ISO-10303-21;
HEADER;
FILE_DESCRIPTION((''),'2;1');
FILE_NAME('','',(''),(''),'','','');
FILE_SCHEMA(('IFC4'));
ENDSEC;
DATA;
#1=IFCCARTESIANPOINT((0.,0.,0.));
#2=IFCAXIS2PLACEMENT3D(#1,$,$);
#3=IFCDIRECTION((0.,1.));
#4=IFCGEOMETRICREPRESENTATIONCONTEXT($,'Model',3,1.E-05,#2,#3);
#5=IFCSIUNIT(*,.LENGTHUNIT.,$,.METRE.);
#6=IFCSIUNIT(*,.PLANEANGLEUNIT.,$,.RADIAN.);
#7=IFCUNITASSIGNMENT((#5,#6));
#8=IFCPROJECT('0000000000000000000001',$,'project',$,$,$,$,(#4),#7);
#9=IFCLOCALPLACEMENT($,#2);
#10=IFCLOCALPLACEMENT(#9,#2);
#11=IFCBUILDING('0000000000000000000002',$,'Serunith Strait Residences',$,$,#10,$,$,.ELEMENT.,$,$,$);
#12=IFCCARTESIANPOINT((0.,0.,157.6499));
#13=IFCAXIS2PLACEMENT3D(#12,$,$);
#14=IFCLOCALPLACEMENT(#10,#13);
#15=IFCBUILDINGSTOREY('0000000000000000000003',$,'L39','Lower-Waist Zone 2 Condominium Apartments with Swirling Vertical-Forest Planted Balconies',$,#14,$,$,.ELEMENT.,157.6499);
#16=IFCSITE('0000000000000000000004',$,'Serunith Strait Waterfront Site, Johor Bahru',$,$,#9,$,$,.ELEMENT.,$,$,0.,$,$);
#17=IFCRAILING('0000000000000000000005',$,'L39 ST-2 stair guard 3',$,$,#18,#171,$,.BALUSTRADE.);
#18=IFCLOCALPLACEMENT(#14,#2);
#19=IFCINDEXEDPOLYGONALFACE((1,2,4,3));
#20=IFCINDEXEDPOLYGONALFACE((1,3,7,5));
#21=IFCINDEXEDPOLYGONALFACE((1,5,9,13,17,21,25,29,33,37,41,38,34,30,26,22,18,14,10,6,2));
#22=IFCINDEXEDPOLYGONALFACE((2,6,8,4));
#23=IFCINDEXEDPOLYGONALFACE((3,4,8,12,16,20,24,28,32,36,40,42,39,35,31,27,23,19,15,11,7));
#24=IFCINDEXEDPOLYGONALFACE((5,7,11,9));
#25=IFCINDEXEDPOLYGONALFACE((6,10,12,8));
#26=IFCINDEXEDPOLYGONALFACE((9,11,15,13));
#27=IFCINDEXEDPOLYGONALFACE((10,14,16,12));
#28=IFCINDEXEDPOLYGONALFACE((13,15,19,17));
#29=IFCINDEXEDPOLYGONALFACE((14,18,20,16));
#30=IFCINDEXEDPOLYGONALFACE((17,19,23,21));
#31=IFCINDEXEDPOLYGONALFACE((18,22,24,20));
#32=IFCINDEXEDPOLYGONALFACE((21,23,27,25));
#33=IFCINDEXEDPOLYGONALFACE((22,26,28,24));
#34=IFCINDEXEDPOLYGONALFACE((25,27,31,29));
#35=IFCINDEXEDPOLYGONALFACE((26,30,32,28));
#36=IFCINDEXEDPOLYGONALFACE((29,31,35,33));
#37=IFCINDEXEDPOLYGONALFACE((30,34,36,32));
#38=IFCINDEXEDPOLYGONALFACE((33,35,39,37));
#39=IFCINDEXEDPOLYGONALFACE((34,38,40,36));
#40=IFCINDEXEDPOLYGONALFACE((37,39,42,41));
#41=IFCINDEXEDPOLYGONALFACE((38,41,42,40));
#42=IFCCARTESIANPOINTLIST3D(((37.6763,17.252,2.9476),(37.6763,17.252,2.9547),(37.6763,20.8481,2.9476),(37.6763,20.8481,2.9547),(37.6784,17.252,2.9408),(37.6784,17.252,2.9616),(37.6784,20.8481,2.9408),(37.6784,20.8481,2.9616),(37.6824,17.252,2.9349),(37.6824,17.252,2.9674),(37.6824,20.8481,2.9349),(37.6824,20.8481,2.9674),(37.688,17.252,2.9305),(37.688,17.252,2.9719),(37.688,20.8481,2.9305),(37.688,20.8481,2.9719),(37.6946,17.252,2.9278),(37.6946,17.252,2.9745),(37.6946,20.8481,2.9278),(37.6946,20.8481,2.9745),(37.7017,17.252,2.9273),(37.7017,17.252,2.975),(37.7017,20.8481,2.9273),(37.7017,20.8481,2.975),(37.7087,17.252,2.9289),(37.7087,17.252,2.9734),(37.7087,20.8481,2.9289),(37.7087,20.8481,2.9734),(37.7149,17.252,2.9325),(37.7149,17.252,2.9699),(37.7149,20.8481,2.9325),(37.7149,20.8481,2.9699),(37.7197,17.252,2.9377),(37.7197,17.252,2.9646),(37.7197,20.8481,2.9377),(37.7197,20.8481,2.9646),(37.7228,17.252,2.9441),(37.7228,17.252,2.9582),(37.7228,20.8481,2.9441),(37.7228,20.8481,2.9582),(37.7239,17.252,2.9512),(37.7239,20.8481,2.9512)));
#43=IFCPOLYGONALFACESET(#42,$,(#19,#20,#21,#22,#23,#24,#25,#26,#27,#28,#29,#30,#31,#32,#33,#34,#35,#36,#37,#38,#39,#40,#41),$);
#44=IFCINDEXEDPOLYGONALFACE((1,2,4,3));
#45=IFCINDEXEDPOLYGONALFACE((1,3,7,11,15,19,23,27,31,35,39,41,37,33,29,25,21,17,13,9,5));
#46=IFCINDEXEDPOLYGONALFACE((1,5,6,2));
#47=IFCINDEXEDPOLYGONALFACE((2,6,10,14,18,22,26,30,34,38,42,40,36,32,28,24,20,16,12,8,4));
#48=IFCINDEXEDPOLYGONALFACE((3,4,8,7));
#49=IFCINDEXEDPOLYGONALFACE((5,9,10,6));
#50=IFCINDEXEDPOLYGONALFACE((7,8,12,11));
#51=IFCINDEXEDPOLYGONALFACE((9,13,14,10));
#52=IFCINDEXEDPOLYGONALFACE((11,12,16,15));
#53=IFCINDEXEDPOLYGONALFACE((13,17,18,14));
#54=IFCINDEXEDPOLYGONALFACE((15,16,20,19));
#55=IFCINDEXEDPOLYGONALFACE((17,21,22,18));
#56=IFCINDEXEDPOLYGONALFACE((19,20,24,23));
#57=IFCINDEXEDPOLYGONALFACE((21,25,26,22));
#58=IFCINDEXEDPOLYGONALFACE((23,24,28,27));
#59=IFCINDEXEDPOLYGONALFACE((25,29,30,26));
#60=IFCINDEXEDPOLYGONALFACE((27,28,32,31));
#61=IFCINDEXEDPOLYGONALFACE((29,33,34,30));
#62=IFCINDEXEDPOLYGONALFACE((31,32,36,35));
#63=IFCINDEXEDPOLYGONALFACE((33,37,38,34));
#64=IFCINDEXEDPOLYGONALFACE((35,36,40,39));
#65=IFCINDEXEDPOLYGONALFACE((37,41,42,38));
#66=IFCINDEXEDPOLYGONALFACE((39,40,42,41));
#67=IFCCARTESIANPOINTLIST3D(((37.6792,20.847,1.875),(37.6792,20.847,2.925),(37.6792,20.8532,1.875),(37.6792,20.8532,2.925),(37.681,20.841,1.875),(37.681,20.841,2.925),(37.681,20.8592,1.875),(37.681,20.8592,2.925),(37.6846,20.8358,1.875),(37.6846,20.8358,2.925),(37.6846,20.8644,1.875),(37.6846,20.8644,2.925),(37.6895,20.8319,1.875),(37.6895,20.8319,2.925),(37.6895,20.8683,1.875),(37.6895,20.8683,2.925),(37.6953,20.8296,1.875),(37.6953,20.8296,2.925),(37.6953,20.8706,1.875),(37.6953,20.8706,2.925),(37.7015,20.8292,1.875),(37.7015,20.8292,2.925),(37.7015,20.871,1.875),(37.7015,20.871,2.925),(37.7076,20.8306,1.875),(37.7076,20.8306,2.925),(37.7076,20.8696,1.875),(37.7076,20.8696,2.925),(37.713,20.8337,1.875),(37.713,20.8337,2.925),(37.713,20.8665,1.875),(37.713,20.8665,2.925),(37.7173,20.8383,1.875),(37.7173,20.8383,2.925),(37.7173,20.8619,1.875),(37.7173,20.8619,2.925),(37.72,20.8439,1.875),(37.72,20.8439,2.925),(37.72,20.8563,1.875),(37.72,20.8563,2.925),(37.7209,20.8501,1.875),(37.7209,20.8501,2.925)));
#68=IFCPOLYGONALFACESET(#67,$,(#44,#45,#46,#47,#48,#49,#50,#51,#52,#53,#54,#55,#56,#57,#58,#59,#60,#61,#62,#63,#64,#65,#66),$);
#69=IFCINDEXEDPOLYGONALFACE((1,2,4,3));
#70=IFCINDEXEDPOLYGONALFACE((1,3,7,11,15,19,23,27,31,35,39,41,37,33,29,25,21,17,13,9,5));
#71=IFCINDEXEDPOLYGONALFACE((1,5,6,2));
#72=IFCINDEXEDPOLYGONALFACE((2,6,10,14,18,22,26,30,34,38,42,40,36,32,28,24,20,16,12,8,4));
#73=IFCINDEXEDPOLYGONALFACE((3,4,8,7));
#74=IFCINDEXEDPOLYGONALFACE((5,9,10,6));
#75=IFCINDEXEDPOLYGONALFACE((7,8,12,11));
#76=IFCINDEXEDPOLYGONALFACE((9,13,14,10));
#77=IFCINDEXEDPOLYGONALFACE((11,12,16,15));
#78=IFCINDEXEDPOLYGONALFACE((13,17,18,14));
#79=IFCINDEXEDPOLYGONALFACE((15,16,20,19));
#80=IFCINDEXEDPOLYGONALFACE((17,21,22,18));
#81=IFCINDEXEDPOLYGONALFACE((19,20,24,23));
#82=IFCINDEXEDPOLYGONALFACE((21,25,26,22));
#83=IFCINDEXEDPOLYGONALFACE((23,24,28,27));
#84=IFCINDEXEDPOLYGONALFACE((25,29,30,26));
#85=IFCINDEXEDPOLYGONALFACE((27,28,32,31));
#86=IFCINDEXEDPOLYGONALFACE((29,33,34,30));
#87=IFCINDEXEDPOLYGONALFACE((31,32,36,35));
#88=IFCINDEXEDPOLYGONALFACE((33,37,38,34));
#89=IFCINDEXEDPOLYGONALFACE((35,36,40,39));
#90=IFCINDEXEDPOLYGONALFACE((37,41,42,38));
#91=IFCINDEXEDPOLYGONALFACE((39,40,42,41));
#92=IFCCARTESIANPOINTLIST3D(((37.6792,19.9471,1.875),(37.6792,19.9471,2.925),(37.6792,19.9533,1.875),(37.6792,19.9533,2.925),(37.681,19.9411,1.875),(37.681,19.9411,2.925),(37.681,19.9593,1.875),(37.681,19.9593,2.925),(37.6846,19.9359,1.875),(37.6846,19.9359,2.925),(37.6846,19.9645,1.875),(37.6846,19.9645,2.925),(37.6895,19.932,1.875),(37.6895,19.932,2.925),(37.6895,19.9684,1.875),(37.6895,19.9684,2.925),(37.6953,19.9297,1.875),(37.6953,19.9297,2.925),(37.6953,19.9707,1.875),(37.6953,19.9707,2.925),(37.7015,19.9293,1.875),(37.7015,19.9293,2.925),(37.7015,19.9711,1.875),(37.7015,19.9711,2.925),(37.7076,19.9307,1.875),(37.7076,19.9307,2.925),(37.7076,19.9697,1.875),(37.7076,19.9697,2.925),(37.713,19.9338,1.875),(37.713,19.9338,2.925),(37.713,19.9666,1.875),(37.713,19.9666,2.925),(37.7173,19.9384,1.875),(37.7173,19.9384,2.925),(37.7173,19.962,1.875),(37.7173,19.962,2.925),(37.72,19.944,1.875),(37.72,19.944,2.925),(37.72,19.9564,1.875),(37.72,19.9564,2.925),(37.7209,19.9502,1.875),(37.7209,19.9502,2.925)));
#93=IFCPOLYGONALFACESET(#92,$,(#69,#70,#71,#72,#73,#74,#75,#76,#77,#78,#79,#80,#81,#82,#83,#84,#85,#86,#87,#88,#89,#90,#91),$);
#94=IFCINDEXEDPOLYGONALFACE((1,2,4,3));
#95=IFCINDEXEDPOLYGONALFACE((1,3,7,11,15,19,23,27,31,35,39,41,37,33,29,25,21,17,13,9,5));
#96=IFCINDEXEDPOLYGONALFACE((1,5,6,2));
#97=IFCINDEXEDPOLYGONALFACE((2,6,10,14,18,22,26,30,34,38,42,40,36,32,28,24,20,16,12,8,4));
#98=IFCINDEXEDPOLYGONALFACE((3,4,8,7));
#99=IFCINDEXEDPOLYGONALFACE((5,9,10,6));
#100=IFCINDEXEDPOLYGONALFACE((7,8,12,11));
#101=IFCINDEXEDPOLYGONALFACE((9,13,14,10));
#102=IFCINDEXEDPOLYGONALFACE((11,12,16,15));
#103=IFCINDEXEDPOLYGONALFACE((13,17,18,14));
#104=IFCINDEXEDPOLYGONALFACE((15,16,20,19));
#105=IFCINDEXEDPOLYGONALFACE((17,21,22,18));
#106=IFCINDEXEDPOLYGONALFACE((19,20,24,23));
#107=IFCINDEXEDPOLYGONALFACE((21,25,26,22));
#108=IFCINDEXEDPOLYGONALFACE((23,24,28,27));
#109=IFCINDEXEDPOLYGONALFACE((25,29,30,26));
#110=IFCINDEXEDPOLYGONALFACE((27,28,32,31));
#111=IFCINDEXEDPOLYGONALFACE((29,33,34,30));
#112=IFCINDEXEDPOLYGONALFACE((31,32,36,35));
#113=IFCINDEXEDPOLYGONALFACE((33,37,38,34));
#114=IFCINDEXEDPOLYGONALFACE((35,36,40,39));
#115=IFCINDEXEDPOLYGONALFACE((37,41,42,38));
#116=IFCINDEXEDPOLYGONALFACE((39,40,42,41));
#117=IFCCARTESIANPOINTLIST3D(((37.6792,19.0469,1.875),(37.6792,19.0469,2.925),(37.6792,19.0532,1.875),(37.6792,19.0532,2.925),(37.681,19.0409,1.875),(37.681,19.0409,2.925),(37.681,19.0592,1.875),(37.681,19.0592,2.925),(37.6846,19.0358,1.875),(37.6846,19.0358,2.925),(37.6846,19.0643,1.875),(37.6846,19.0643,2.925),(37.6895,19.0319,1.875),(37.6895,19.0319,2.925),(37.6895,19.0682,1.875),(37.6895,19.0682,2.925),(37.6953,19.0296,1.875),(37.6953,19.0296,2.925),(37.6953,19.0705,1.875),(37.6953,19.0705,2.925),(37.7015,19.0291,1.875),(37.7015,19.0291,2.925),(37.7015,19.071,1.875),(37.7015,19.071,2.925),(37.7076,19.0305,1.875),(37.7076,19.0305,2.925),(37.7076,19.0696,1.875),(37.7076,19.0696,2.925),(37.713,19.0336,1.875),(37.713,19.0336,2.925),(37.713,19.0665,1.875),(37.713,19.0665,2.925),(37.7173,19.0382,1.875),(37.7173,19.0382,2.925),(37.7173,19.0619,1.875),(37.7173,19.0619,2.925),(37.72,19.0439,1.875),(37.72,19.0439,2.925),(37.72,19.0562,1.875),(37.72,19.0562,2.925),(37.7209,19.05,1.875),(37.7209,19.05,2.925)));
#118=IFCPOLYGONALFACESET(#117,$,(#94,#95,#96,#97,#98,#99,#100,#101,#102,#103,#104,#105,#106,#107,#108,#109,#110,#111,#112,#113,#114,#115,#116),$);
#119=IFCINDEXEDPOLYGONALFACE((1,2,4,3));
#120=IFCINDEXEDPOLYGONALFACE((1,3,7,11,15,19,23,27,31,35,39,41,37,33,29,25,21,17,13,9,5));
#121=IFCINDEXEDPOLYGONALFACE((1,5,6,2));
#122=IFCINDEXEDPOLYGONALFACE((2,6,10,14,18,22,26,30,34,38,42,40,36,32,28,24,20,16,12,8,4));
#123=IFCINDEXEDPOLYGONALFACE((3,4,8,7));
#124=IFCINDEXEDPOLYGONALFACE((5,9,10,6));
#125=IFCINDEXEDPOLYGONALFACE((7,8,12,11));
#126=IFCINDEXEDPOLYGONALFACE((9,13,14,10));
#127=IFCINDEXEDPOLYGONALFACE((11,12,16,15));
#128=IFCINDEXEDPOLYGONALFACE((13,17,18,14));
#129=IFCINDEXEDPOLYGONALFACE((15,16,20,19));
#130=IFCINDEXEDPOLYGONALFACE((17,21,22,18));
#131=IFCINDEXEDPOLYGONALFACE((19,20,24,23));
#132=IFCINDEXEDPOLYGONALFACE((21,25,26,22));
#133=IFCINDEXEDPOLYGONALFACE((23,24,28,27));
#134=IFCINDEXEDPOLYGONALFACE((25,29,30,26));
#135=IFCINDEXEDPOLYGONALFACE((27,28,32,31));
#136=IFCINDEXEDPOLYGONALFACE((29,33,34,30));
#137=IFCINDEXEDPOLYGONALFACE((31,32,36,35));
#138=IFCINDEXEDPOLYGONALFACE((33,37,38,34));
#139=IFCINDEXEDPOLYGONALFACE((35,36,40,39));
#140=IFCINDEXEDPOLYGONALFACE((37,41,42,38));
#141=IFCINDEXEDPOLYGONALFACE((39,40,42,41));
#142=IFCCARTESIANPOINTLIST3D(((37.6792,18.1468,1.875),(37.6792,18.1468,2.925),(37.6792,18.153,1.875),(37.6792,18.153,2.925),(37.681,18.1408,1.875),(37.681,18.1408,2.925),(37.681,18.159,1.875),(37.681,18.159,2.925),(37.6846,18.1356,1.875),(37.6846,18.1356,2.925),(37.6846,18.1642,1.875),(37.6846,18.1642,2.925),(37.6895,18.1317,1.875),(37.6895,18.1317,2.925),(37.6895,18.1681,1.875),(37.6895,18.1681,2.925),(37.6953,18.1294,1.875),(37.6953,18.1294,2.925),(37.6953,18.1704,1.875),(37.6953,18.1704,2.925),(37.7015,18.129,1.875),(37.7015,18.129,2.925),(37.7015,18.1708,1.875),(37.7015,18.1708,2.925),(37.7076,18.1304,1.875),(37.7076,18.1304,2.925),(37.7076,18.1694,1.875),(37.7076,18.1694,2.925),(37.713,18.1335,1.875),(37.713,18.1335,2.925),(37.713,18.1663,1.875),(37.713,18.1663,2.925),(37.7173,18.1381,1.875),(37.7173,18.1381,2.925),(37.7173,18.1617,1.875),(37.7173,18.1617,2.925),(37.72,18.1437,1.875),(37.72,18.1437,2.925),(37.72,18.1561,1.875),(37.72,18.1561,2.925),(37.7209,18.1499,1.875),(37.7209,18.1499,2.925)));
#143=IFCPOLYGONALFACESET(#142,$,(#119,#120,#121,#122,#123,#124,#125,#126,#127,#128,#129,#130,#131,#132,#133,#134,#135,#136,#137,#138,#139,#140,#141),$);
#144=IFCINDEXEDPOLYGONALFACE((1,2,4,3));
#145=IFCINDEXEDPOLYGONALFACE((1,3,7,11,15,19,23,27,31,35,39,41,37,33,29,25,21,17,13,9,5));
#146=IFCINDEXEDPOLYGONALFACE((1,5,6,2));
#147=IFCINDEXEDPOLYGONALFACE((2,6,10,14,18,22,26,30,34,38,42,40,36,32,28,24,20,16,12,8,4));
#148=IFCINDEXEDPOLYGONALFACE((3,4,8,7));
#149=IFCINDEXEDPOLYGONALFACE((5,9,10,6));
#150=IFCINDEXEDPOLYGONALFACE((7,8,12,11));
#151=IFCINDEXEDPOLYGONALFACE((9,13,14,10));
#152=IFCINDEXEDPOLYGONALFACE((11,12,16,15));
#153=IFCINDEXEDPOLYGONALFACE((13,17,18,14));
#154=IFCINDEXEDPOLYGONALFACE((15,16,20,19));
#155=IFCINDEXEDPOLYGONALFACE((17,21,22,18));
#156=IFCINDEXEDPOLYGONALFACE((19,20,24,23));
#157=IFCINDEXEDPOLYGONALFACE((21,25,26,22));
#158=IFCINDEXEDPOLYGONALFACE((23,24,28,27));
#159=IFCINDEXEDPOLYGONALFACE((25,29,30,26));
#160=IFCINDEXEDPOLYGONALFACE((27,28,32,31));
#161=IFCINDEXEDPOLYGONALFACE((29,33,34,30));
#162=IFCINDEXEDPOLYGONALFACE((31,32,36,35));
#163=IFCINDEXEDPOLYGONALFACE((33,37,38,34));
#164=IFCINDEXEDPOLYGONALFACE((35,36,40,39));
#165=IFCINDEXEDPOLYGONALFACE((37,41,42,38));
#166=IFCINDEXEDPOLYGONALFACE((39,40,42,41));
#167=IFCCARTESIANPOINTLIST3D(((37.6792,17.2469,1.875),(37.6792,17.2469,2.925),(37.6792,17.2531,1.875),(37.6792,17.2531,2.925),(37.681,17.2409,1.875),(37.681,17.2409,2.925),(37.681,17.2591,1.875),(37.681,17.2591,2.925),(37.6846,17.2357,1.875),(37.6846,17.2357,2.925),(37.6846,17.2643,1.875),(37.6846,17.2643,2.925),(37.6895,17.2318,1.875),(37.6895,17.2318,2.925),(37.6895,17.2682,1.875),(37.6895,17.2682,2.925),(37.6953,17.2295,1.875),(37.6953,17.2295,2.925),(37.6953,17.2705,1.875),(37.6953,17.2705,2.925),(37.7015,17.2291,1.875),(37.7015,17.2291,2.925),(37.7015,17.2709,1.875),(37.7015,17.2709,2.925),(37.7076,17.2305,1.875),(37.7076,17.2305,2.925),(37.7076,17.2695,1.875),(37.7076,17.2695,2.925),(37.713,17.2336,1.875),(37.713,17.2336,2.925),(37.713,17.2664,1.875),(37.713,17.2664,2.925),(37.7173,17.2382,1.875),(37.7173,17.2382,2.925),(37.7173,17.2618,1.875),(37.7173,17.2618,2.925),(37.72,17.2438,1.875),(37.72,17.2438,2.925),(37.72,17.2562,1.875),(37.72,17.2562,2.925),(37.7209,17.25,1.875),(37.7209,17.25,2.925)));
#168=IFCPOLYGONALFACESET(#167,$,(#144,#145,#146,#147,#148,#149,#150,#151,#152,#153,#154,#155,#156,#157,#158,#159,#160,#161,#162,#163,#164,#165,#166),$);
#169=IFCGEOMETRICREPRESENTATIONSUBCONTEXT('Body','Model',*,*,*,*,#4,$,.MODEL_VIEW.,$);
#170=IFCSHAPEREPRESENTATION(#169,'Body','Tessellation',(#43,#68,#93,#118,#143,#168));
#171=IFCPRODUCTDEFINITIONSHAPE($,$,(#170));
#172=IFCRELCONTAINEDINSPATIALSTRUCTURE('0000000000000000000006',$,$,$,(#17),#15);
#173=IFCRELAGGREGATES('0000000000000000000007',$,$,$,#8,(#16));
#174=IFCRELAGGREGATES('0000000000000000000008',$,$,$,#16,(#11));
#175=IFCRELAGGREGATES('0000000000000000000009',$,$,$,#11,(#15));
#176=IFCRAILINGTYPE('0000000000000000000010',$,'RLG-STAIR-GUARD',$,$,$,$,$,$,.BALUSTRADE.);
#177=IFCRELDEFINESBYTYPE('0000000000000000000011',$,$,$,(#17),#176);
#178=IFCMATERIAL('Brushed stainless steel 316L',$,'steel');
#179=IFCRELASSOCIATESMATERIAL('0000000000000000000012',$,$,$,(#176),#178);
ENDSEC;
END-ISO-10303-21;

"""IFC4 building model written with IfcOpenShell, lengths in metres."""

from ifc_helpers import new_model, si_unit, direction, frame, origin, origin_2d, place, context, subcontext, project, spatial, circle, extrude, material, type_object, element, save


model = new_model("IFC4")

# Units and contexts
model_context = context("Model", 3, precision=1e-05, world=origin(), true_north=direction((0.0, 1.0)))
body_context = subcontext(model_context, "Body", "Model", "MODEL_VIEW")
ifc_project = project(units=[si_unit("LENGTHUNIT", "METRE"), si_unit("PLANEANGLEUNIT", "RADIAN")], contexts=[model_context])

# Site, building, storey
site_placement = place(None, origin())
site = spatial("IfcSite", under=ifc_project, at=site_placement, Name="Serunith Strait Waterfront Site, Johor Bahru", CompositionType="ELEMENT", RefElevation=0.0)
building_placement = place(site_placement, origin())
building = spatial("IfcBuilding", under=site, at=building_placement, Name="Serunith Strait Residences", CompositionType="ELEMENT")
storey_placement = place(building_placement, frame((0.0, 0.0, 157.6499)))
storey = spatial("IfcBuildingStorey", under=building, at=storey_placement, Name="L39", Description="Lower-Waist Zone 2 Condominium Apartments with Swirling Vertical-Forest Planted Balconies", CompositionType="ELEMENT", Elevation=157.6499)

# Railing
ifc_material_1 = material(Name="Brushed stainless steel 316L", Category="steel")
railing_type_1 = type_object("IfcRailingType", Name="RLG-STAIR-GUARD", PredefinedType="BALUSTRADE", material=ifc_material_1)
for number, where, name in (
    (1, (37.7, 20.8501, 1.875), "L39 ST-2 stair guard 3"),
):
    element("IfcRailing", number, at=place(storey_placement, frame(where)), inside=storey, type_object=railing_type_1, Name=name, PredefinedType="BALUSTRADE", context=body_context, shape_type="SweptSolid", body=[
        extrude(circle(Radius=0.0239, at=origin_2d()), frame((0.0, -0.002, 1.0762), z_axis=(0.0, -1.0, 0.0), x_axis=(1.0, 0.0, 0.0)), (0.0, 0.0, 1.0), 3.5962),
        extrude(circle(Radius=0.021, at=origin_2d()), origin(), (0.0, 0.0, 1.0), 1.05),
        extrude(circle(Radius=0.021, at=origin_2d()), frame((0.0, -0.8999, 0.0)), (0.0, 0.0, 1.0), 1.05),
        extrude(circle(Radius=0.021, at=origin_2d()), frame((0.0, -1.8, 0.0)), (0.0, 0.0, 1.0), 1.05),
        extrude(circle(Radius=0.021, at=origin_2d()), frame((0.0, -2.7002, 0.0)), (0.0, 0.0, 1.0), 1.05),
        extrude(circle(Radius=0.021, at=origin_2d()), frame((0.0, -3.6001, 0.0)), (0.0, 0.0, 1.0), 1.05),
    ])

save(model, "model.ifc")
